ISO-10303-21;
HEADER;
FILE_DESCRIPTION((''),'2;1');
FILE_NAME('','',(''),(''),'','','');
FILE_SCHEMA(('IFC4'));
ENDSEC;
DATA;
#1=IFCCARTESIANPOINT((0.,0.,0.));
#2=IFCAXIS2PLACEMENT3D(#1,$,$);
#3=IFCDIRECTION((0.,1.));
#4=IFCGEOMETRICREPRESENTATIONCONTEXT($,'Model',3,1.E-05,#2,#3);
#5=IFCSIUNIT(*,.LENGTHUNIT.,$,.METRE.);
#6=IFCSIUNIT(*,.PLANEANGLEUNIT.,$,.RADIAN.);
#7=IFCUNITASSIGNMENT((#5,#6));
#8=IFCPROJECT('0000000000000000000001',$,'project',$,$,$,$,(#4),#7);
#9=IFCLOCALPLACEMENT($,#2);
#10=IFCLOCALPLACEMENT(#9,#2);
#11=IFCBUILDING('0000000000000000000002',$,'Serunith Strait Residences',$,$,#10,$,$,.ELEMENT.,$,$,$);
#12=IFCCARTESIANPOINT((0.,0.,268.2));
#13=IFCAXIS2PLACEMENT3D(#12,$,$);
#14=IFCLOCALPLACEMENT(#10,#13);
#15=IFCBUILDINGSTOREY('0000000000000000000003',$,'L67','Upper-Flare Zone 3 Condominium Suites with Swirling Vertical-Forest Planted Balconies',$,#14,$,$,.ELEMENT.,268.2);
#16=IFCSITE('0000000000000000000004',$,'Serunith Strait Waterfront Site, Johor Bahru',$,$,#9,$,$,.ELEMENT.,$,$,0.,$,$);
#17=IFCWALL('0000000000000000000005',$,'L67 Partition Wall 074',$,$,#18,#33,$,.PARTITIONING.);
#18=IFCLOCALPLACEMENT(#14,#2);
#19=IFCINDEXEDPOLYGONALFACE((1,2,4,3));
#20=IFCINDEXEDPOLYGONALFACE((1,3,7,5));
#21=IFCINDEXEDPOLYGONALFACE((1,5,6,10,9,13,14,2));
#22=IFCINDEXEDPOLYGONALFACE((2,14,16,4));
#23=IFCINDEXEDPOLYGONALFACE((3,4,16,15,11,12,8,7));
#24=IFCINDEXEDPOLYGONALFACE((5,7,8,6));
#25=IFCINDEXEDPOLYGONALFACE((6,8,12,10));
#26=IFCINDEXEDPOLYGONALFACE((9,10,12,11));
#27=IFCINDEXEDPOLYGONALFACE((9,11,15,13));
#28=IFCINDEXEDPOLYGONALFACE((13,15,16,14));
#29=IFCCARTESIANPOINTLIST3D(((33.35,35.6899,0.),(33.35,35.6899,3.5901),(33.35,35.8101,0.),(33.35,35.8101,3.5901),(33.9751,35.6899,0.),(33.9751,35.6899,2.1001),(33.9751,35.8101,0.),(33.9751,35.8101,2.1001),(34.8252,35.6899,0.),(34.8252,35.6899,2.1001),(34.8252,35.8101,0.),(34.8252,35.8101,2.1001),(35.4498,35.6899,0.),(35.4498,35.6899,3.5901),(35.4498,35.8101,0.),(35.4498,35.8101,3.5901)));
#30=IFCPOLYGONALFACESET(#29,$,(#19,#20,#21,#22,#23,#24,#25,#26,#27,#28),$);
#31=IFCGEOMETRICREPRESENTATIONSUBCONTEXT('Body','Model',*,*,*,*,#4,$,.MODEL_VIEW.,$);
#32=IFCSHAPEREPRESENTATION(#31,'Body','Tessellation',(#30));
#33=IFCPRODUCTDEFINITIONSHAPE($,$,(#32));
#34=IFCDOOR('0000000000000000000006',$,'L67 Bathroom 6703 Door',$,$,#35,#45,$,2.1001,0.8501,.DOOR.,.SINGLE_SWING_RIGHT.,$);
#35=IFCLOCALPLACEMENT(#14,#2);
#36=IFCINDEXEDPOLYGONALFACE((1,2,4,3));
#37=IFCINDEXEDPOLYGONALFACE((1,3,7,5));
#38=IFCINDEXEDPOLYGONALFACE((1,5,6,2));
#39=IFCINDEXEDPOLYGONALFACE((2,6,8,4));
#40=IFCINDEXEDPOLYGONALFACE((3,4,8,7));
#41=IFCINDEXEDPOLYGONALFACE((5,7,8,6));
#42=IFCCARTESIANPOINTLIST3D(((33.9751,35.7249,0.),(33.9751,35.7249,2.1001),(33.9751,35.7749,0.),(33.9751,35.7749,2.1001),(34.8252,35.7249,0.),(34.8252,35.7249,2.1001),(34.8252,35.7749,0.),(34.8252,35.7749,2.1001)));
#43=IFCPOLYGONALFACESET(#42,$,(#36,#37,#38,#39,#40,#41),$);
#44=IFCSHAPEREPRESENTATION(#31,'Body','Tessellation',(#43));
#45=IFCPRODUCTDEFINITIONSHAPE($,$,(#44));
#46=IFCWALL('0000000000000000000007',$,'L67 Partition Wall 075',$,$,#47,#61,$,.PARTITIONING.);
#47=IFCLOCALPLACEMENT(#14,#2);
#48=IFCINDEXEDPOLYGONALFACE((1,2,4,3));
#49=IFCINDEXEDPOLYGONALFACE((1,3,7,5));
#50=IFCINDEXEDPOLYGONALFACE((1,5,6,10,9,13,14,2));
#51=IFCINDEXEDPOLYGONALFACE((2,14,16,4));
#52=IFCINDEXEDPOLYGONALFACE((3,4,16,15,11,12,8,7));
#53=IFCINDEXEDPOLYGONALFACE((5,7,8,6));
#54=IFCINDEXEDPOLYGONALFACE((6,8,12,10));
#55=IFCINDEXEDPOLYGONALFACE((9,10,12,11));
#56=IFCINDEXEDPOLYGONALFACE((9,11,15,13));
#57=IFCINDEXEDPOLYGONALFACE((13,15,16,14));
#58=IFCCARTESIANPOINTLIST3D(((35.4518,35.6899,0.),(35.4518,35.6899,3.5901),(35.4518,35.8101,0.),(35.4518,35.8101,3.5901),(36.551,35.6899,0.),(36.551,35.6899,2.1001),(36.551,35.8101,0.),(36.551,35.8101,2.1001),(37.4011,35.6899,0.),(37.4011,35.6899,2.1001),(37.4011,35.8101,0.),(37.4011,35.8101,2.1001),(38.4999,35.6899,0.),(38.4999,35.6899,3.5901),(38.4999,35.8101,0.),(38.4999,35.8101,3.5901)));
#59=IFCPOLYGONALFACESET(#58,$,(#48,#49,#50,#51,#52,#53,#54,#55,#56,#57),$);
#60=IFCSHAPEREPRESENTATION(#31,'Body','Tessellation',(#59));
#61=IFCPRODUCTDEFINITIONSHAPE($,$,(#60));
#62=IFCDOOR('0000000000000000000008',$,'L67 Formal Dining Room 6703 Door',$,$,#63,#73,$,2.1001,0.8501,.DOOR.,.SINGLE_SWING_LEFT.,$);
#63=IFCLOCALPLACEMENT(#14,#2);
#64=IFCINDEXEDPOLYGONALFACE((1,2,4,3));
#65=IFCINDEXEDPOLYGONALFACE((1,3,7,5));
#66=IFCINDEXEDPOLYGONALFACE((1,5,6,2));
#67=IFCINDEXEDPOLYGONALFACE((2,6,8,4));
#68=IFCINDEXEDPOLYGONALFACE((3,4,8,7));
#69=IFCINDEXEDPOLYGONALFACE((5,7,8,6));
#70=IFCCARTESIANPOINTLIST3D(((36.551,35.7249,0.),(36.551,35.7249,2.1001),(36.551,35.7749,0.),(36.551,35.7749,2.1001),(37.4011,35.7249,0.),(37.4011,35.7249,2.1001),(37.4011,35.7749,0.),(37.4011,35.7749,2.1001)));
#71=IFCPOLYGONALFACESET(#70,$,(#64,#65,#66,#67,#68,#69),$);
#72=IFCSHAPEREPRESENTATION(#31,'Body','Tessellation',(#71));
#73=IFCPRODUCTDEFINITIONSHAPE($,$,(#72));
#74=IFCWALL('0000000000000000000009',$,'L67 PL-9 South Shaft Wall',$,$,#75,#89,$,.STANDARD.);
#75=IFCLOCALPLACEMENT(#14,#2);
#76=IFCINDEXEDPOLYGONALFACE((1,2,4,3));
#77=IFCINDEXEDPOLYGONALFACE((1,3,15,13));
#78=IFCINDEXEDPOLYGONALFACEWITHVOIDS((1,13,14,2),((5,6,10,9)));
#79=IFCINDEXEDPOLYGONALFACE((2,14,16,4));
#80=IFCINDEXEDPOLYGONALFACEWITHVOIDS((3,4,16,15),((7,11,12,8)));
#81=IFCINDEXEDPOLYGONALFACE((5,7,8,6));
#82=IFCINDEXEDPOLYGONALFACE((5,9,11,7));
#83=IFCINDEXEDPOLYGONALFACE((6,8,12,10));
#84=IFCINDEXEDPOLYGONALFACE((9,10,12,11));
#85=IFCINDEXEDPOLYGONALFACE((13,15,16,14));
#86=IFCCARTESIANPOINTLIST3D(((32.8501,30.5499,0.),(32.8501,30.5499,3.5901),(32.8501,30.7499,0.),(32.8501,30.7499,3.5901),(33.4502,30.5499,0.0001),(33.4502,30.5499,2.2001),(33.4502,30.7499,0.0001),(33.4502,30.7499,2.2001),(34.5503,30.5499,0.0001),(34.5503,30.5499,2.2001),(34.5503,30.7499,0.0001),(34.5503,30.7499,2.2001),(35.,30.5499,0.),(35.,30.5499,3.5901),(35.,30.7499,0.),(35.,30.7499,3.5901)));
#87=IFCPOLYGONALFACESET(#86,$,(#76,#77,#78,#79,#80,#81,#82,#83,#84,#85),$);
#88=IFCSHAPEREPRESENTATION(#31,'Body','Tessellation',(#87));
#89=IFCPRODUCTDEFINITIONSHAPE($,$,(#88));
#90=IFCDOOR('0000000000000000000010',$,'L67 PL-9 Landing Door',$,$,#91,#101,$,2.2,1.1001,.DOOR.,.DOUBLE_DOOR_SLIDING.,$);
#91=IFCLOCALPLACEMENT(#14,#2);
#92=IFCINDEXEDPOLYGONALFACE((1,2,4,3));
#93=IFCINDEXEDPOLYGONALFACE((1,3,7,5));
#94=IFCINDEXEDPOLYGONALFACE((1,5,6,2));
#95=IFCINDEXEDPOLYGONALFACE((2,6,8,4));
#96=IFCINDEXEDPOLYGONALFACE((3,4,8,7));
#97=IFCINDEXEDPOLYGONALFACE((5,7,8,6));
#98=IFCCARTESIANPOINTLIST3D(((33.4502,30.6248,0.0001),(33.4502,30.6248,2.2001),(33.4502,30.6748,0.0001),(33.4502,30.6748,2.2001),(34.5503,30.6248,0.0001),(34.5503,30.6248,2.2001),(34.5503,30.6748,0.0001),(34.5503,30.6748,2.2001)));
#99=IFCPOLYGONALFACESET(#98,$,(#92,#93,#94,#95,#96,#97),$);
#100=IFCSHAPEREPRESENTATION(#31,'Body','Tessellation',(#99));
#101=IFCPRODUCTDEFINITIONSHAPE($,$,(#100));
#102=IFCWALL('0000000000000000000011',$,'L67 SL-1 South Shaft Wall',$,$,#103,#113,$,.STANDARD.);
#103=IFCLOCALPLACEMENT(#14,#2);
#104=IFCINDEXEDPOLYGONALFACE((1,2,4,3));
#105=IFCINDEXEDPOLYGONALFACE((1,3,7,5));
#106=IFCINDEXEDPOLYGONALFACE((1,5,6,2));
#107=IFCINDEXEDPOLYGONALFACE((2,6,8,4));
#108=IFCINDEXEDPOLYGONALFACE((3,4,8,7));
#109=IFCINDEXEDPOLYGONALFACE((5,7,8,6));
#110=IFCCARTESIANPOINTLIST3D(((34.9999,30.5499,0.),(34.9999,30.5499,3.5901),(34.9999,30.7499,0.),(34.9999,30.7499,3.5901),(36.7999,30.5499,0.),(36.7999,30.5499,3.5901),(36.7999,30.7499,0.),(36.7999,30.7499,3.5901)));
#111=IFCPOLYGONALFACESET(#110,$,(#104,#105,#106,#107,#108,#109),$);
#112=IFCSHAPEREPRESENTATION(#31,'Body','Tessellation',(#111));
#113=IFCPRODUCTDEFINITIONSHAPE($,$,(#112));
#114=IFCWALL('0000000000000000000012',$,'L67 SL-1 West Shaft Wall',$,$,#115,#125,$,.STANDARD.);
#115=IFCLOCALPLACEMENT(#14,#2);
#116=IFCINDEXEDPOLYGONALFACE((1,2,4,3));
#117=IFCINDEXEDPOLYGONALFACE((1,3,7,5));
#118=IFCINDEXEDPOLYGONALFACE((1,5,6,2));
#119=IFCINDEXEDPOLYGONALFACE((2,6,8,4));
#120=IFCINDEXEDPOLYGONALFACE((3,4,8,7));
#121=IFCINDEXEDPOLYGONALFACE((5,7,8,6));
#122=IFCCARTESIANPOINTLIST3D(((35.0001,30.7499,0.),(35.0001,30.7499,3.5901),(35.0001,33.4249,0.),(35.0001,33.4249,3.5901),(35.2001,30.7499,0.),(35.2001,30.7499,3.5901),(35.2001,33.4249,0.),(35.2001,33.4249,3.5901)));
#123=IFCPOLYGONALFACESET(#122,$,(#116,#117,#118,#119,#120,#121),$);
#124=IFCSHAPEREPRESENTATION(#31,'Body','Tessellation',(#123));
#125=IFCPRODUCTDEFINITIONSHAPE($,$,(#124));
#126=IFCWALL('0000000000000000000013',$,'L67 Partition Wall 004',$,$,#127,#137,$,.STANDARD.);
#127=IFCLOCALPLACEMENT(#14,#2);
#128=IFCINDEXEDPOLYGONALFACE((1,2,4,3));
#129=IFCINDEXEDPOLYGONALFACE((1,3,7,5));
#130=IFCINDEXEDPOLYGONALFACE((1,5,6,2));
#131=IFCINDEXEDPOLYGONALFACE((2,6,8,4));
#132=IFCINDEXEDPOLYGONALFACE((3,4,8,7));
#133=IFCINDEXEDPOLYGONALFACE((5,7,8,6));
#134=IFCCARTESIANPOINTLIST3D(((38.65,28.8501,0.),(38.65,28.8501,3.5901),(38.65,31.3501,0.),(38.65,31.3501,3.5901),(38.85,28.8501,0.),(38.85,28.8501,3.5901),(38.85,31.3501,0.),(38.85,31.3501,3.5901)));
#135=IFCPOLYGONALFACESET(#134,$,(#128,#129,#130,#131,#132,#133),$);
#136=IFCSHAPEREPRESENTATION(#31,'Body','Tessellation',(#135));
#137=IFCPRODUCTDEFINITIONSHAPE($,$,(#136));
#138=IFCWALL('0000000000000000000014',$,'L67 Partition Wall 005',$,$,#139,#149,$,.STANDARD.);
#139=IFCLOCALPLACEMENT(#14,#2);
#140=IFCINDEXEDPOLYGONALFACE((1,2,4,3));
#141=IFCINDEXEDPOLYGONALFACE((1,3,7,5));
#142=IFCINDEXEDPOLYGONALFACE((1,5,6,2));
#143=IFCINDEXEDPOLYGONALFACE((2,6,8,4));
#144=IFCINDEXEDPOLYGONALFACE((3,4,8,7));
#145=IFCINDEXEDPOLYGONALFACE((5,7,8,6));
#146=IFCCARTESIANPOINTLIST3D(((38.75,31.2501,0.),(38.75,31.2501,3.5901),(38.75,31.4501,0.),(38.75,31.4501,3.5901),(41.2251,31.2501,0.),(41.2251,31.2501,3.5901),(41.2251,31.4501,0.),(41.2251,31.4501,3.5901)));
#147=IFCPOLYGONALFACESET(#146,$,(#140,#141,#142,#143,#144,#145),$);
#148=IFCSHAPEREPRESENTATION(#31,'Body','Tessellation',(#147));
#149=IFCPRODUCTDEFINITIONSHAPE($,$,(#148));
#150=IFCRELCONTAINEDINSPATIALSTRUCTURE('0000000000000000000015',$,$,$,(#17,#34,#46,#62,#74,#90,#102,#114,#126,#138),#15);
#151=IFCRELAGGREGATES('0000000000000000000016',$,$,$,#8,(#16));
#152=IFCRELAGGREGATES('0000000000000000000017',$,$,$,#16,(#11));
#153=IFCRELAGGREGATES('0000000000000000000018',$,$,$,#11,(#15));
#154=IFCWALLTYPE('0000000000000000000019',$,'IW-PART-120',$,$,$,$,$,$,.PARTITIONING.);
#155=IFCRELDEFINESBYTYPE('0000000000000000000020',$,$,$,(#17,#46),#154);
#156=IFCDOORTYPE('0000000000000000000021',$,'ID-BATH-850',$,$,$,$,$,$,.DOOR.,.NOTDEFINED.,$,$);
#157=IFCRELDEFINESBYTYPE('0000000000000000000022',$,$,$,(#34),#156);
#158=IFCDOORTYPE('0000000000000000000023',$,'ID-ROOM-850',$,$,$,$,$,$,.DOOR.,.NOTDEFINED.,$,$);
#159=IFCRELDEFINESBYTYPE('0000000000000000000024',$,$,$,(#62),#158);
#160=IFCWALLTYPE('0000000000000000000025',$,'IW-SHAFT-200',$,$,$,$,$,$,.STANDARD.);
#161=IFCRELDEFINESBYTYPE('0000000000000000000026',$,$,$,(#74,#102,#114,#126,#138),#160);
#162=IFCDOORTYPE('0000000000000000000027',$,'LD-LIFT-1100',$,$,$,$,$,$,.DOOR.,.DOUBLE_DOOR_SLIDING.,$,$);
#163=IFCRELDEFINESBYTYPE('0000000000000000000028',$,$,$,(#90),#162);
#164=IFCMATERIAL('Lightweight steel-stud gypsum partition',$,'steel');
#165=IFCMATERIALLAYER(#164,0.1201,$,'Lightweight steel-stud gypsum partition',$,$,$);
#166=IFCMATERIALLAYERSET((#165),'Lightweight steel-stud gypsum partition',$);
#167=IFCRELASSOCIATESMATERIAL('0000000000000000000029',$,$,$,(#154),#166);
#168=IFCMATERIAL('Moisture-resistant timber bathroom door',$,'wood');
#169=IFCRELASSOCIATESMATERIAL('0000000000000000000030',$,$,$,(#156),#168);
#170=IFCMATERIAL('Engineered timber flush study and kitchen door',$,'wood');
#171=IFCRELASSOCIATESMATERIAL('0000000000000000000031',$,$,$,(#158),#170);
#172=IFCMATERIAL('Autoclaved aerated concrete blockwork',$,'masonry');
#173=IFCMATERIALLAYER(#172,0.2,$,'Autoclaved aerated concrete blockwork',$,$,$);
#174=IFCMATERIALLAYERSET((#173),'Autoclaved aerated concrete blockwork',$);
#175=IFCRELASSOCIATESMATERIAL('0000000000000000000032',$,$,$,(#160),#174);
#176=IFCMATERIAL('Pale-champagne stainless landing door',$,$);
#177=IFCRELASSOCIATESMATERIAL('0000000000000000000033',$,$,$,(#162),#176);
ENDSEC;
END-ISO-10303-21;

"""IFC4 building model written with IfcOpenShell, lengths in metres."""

from ifc_helpers import new_model, si_unit, direction, frame, frame_2d, origin, place, context, subcontext, project, spatial, rectangle, extrude, source, transform, mapped, material, layer, layer_set, type_object, element, fill, save


model = new_model("IFC4")

# Units and contexts
model_context = context("Model", 3, precision=1e-05, world=origin(), true_north=direction((0.0, 1.0)))
body_context = subcontext(model_context, "Body", "Model", "MODEL_VIEW")
ifc_project = project(units=[si_unit("LENGTHUNIT", "METRE"), si_unit("PLANEANGLEUNIT", "RADIAN")], contexts=[model_context])

# Site, building, storey
site_placement = place(None, origin())
site = spatial("IfcSite", under=ifc_project, at=site_placement, Name="Serunith Strait Waterfront Site, Johor Bahru", CompositionType="ELEMENT", RefElevation=0.0)
building_placement = place(site_placement, origin())
building = spatial("IfcBuilding", under=site, at=building_placement, Name="Serunith Strait Residences", CompositionType="ELEMENT")
storey_placement = place(building_placement, frame((0.0, 0.0, 268.2)))
storey = spatial("IfcBuildingStorey", under=building, at=storey_placement, Name="L67", Description="Upper-Flare Zone 3 Condominium Suites with Swirling Vertical-Forest Planted Balconies", CompositionType="ELEMENT", Elevation=268.2)

# Walls, openings, doors
shared_shape_1 = source(origin(), body_context, "Body", "SweptSolid", [
    extrude(rectangle(XDim=0.8501, YDim=2.1001, at=frame_2d((0.425, 1.05))), frame((0.0, 0.0249, 0.0), z_axis=(0.0, -1.0, 0.0), x_axis=(1.0, 0.0, 0.0)), (0.0, 0.0, 1.0), 0.05),
])
ifc_material_1 = material(Name="Lightweight steel-stud gypsum partition", Category="steel")
ifc_layer_1 = layer(ifc_material_1, 0.1201, Name="Lightweight steel-stud gypsum partition")
ifc_layer_set_1 = layer_set([ifc_layer_1], Name="Lightweight steel-stud gypsum partition")
wall_type_1 = type_object("IfcWallType", Name="IW-PART-120", PredefinedType="PARTITIONING", material=ifc_layer_set_1)
wall_1_placement = place(storey_placement, frame((33.3501, 35.75, 0.0), z_axis=(0.0, 0.0, 1.0), x_axis=(1.0, 0.0, 0.0)))
wall_1 = element("IfcWall", 1, at=wall_1_placement, inside=storey, type_object=wall_type_1, Name="L67 Partition Wall 074", PredefinedType="PARTITIONING", context=body_context, shape_type="SweptSolid", body=[
    extrude(rectangle(XDim=2.0999, YDim=0.1201, at=frame_2d((1.0498, 0.0))), origin(), (0.0, 0.0, 1.0), 3.5901),
])
opening_1_placement = place(wall_1_placement, frame((0.625, 0.0, 0.0)))
opening_1 = element("IfcOpeningElement", 2, at=opening_1_placement, cuts=wall_1, PredefinedType="OPENING", context=body_context, shape_type="SweptSolid", body=[
    extrude(rectangle(XDim=0.8501, YDim=2.1001, at=frame_2d((0.425, 1.05))), frame((0.0, 0.0701, 0.0), z_axis=(0.0, -1.0, 0.0), x_axis=(1.0, 0.0, 0.0)), (0.0, 0.0, 1.0), 0.1401),
])
ifc_material_2 = material(Name="Moisture-resistant timber bathroom door", Category="wood")
door_type_1 = type_object("IfcDoorType", Name="ID-BATH-850", OperationType="NOTDEFINED", PredefinedType="DOOR", material=ifc_material_2)
door_1_placement = place(opening_1_placement, origin())
door_1 = element("IfcDoor", 3, at=door_1_placement, inside=storey, type_object=door_type_1, Name="L67 Bathroom 6703 Door", OperationType="SINGLE_SWING_RIGHT", OverallHeight=2.1001, OverallWidth=0.8501, PredefinedType="DOOR", context=body_context, shape_type="MappedRepresentation", body=[
    mapped(shared_shape_1, transform((0.0, 0.0, 0.0), scale=1.0)),
])
fill(opening_1, door_1)
wall_2_placement = place(storey_placement, frame((35.4519, 35.75, 0.0), z_axis=(0.0, 0.0, 1.0), x_axis=(1.0, 0.0, 0.0)))
wall_2 = element("IfcWall", 4, at=wall_2_placement, inside=storey, type_object=wall_type_1, Name="L67 Partition Wall 075", PredefinedType="PARTITIONING", context=body_context, shape_type="SweptSolid", body=[
    extrude(rectangle(XDim=3.0481, YDim=0.1201, at=frame_2d((1.5239, 0.0))), origin(), (0.0, 0.0, 1.0), 3.5901),
])
opening_2_placement = place(wall_2_placement, frame((1.0991, 0.0, 0.0)))
opening_2 = element("IfcOpeningElement", 5, at=opening_2_placement, cuts=wall_2, PredefinedType="OPENING", context=body_context, shape_type="SweptSolid", body=[
    extrude(rectangle(XDim=0.8501, YDim=2.1001, at=frame_2d((0.425, 1.05))), frame((0.0, 0.0701, 0.0), z_axis=(0.0, -1.0, 0.0), x_axis=(1.0, 0.0, 0.0)), (0.0, 0.0, 1.0), 0.1401),
])
ifc_material_3 = material(Name="Engineered timber flush study and kitchen door", Category="wood")
door_type_2 = type_object("IfcDoorType", Name="ID-ROOM-850", OperationType="NOTDEFINED", PredefinedType="DOOR", material=ifc_material_3)
door_2_placement = place(opening_2_placement, origin())
door_2 = element("IfcDoor", 6, at=door_2_placement, inside=storey, type_object=door_type_2, Name="L67 Formal Dining Room 6703 Door", OperationType="SINGLE_SWING_LEFT", OverallHeight=2.1001, OverallWidth=0.8501, PredefinedType="DOOR", context=body_context, shape_type="MappedRepresentation", body=[
    mapped(shared_shape_1, transform((0.0, 0.0, 0.0), scale=1.0)),
])
fill(opening_2, door_2)
ifc_material_4 = material(Name="Autoclaved aerated concrete blockwork", Category="masonry")
ifc_layer_2 = layer(ifc_material_4, 0.2, Name="Autoclaved aerated concrete blockwork")
ifc_layer_set_2 = layer_set([ifc_layer_2], Name="Autoclaved aerated concrete blockwork")
wall_type_2 = type_object("IfcWallType", Name="IW-SHAFT-200", PredefinedType="STANDARD", material=ifc_layer_set_2)
wall_3_placement = place(storey_placement, frame((32.8501, 30.6499, 0.0), z_axis=(0.0, 0.0, 1.0), x_axis=(1.0, 0.0, 0.0)))
wall_3 = element("IfcWall", 7, at=wall_3_placement, inside=storey, type_object=wall_type_2, Name="L67 PL-9 South Shaft Wall", PredefinedType="STANDARD", context=body_context, shape_type="SweptSolid", body=[
    extrude(rectangle(XDim=2.1499, YDim=0.2, at=frame_2d((1.075, 0.0))), origin(), (0.0, 0.0, 1.0), 3.5901),
])
opening_3_placement = place(wall_3_placement, frame((0.6001, 0.0, 0.0)))
opening_3 = element("IfcOpeningElement", 8, at=opening_3_placement, cuts=wall_3, PredefinedType="OPENING", context=body_context, shape_type="SweptSolid", body=[
    extrude(rectangle(XDim=1.1001, YDim=2.2, at=frame_2d((0.55, 1.1001))), frame((0.0, 0.1099, 0.0), z_axis=(0.0, -1.0, 0.0), x_axis=(1.0, 0.0, 0.0)), (0.0, 0.0, 1.0), 0.22),
])
ifc_material_5 = material(Name="Pale-champagne stainless landing door")
door_type_3 = type_object("IfcDoorType", Name="LD-LIFT-1100", OperationType="DOUBLE_DOOR_SLIDING", PredefinedType="DOOR", material=ifc_material_5)
shared_shape_2 = source(origin(), body_context, "Body", "SweptSolid", [
    extrude(rectangle(XDim=1.1001, YDim=2.2, at=frame_2d((0.55, 1.1001))), frame((0.0, 0.0249, 0.0), z_axis=(0.0, -1.0, 0.0), x_axis=(1.0, 0.0, 0.0)), (0.0, 0.0, 1.0), 0.05),
])
door_3_placement = place(opening_3_placement, origin())
door_3 = element("IfcDoor", 9, at=door_3_placement, inside=storey, type_object=door_type_3, Name="L67 PL-9 Landing Door", OperationType="DOUBLE_DOOR_SLIDING", OverallHeight=2.2, OverallWidth=1.1001, PredefinedType="DOOR", context=body_context, shape_type="MappedRepresentation", body=[
    mapped(shared_shape_2, transform((0.0, 0.0, 0.0), scale=1.0)),
])
fill(opening_3, door_3)

# Walls
wall_4_placement = place(storey_placement, frame((35.0, 30.6499, 0.0), z_axis=(0.0, 0.0, 1.0), x_axis=(1.0, 0.0, 0.0)))
element("IfcWall", 10, at=wall_4_placement, inside=storey, type_object=wall_type_2, Name="L67 SL-1 South Shaft Wall", PredefinedType="STANDARD", context=body_context, shape_type="SweptSolid", body=[
    extrude(rectangle(XDim=1.8, YDim=0.2, at=frame_2d((0.8999, 0.0))), origin(), (0.0, 0.0, 1.0), 3.5901),
])
wall_5_placement = place(storey_placement, frame((35.1001, 30.75, 0.0), z_axis=(0.0, 0.0, 1.0), x_axis=(0.0, 1.0, 0.0)))
element("IfcWall", 11, at=wall_5_placement, inside=storey, type_object=wall_type_2, Name="L67 SL-1 West Shaft Wall", PredefinedType="STANDARD", context=body_context, shape_type="SweptSolid", body=[
    extrude(rectangle(XDim=2.675, YDim=0.2, at=frame_2d((1.3374, 0.0))), origin(), (0.0, 0.0, 1.0), 3.5901),
])
wall_6_placement = place(storey_placement, frame((38.75, 28.8501, 0.0), z_axis=(0.0, 0.0, 1.0), x_axis=(0.0, 1.0, 0.0)))
element("IfcWall", 12, at=wall_6_placement, inside=storey, type_object=wall_type_2, Name="L67 Partition Wall 004", PredefinedType="STANDARD", context=body_context, shape_type="SweptSolid", body=[
    extrude(rectangle(XDim=2.5, YDim=0.2, at=frame_2d((1.25, 0.0))), origin(), (0.0, 0.0, 1.0), 3.5901),
])
wall_7_placement = place(storey_placement, frame((38.75, 31.3501, 0.0), z_axis=(0.0, 0.0, 1.0), x_axis=(1.0, 0.0, 0.0)))
element("IfcWall", 13, at=wall_7_placement, inside=storey, type_object=wall_type_2, Name="L67 Partition Wall 005", PredefinedType="STANDARD", context=body_context, shape_type="SweptSolid", body=[
    extrude(rectangle(XDim=2.4751, YDim=0.2, at=frame_2d((1.2375, 0.0))), origin(), (0.0, 0.0, 1.0), 3.5901),
])

save(model, "model.ifc")
